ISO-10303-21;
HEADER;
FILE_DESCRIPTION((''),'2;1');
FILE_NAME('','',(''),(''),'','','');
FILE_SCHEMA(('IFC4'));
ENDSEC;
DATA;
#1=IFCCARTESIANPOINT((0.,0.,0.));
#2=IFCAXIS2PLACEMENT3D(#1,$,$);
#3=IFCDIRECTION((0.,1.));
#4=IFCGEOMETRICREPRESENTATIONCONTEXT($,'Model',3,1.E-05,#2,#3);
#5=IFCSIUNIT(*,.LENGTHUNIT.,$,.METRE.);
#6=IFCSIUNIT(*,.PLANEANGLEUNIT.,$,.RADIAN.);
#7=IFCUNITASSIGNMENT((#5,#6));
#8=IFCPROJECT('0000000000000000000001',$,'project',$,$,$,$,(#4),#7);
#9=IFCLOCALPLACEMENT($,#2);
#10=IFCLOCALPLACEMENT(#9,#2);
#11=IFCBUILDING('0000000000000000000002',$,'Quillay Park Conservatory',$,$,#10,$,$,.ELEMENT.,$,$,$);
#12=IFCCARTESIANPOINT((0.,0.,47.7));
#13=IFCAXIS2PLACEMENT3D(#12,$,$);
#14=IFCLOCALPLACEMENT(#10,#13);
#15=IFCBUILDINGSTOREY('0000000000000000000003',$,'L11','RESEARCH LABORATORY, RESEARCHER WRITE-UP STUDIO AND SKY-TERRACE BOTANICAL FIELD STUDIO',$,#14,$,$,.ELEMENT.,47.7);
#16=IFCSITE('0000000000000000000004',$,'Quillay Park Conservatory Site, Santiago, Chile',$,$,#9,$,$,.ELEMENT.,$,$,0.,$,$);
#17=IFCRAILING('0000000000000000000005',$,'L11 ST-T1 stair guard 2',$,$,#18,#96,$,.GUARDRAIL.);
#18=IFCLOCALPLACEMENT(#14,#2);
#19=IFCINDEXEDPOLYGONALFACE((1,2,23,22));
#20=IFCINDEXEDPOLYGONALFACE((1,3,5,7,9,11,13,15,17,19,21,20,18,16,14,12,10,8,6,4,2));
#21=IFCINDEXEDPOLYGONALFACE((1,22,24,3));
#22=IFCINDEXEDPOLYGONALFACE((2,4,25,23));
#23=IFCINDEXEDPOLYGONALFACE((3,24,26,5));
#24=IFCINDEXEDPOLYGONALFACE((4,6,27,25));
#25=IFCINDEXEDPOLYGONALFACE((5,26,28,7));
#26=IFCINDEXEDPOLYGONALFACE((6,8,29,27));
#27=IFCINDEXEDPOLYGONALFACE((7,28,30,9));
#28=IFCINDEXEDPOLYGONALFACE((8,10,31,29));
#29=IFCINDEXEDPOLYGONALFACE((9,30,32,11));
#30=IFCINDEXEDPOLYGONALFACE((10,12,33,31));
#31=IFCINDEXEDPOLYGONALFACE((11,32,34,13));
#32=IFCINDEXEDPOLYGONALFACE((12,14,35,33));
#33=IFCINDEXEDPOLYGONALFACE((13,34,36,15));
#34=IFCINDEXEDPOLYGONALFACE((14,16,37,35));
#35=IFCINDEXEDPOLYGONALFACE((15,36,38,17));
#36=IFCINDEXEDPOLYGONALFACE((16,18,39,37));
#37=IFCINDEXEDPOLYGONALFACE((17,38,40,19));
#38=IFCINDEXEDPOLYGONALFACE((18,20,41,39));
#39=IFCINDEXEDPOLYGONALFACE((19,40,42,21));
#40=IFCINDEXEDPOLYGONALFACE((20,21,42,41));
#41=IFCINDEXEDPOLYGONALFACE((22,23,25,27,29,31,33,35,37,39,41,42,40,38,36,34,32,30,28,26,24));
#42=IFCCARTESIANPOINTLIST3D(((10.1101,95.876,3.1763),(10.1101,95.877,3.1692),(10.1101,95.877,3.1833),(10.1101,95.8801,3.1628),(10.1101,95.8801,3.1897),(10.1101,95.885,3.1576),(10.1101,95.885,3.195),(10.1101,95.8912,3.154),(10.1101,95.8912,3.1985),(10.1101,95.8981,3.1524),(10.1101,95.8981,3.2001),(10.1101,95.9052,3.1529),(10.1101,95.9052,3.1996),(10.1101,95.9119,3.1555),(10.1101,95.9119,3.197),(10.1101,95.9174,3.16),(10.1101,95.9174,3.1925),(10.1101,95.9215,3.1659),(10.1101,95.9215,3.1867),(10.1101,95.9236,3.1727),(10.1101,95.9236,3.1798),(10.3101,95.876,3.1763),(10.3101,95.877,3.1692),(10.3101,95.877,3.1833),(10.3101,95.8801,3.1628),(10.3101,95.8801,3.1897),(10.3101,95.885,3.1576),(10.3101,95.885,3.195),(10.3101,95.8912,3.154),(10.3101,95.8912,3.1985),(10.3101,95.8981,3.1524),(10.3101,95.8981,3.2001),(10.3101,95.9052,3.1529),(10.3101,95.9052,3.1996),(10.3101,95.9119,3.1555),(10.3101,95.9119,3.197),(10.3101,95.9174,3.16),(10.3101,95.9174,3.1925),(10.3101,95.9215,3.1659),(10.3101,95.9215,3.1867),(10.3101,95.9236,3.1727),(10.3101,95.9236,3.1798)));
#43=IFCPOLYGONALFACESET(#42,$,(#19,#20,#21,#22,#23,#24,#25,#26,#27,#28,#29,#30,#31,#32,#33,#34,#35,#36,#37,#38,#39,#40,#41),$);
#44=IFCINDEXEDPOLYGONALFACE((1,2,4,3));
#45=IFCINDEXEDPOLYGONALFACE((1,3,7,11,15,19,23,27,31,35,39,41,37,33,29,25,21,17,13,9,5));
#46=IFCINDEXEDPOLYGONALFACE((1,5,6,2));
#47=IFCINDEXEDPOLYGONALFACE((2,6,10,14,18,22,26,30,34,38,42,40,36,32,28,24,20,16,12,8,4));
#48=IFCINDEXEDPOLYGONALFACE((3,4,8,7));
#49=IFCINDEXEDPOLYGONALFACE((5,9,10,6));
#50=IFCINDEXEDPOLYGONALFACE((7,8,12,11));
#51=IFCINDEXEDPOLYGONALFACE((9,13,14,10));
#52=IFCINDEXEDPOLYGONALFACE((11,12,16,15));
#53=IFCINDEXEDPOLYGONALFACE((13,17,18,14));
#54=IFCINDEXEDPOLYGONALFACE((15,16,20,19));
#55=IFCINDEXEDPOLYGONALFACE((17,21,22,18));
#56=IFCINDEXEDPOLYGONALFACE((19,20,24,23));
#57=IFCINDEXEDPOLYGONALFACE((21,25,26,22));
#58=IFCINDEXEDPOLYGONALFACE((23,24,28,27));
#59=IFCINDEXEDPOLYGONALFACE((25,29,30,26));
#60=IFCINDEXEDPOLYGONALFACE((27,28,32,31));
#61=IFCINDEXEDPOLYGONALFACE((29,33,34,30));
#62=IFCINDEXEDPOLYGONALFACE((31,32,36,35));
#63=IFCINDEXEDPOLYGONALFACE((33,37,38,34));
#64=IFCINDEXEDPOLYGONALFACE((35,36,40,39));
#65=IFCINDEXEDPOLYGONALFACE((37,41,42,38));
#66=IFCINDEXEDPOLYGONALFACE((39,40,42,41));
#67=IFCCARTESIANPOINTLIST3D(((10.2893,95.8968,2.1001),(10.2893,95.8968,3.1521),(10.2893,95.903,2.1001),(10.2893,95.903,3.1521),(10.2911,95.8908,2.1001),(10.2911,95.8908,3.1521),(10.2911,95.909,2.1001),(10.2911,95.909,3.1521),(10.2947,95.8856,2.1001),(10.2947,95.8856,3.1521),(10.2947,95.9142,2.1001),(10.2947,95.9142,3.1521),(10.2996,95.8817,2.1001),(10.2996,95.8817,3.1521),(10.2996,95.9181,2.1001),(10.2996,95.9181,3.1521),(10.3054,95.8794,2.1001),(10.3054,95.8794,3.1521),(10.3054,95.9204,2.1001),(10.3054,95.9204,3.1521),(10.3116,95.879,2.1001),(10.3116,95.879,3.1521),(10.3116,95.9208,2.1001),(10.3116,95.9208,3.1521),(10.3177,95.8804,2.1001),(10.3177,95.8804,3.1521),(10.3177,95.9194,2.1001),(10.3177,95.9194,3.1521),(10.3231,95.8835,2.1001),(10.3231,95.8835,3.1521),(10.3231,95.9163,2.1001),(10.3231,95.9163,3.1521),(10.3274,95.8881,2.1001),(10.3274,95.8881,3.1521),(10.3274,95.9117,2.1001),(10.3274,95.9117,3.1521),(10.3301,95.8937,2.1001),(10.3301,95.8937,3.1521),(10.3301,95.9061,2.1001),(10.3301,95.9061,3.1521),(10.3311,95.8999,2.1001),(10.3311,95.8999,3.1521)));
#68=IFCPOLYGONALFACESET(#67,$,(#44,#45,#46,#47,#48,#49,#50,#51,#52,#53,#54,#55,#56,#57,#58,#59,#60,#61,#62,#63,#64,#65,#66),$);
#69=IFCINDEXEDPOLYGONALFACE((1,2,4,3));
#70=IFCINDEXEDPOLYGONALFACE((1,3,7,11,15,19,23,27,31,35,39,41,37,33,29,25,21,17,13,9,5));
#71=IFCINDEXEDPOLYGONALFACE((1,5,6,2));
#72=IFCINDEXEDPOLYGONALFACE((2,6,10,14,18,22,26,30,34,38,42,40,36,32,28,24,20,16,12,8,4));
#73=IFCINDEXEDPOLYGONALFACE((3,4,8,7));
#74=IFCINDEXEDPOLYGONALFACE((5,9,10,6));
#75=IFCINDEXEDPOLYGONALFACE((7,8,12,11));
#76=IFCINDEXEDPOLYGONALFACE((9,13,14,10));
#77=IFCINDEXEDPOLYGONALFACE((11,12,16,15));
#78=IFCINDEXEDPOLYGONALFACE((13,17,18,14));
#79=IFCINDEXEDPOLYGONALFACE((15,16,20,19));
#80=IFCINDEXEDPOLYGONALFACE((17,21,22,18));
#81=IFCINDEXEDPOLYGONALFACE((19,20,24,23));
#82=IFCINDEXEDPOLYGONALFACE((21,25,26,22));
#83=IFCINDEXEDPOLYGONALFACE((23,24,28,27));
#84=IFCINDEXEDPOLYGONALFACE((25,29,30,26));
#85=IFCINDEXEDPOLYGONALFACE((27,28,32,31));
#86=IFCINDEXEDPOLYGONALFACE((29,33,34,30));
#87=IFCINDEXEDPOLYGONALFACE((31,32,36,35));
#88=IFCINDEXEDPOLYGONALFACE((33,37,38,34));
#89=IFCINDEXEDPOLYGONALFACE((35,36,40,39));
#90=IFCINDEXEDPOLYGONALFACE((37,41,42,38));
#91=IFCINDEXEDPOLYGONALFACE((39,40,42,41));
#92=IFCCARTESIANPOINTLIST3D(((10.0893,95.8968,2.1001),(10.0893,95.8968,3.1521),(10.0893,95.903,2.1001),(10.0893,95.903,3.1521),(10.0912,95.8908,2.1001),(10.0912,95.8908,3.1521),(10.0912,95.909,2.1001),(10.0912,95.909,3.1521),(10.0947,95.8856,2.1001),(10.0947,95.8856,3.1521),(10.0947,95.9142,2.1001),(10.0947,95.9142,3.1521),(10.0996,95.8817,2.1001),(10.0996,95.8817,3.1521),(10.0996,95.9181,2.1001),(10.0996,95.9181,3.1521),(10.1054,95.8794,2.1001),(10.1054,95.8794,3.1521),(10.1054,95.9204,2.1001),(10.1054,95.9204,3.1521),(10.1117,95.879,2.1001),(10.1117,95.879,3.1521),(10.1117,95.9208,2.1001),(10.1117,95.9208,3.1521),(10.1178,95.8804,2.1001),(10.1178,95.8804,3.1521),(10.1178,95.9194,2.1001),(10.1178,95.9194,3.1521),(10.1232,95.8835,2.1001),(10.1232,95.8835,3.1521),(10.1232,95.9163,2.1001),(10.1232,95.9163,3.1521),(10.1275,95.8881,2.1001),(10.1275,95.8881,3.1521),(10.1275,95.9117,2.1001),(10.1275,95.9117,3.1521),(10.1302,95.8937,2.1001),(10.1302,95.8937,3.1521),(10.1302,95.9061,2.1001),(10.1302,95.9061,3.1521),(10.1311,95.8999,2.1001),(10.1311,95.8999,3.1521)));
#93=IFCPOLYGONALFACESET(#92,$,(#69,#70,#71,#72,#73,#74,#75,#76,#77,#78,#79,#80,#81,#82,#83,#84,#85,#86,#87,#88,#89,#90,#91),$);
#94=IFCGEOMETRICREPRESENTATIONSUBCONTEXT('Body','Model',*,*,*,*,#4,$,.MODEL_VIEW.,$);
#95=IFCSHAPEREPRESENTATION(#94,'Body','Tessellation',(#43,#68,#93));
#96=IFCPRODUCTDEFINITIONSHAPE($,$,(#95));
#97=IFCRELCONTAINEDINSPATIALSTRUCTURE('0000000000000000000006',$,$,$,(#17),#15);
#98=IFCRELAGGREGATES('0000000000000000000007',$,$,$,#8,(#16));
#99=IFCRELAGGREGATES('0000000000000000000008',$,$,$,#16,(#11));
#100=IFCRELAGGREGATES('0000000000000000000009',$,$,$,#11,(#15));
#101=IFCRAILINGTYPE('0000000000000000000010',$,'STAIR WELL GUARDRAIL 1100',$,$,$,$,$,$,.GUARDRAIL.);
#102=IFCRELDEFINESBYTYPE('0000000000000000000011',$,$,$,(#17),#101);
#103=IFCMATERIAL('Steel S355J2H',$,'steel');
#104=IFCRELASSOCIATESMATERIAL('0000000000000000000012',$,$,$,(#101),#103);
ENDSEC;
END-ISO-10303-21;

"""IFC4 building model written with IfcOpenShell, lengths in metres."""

from ifc_helpers import new_model, si_unit, direction, frame, origin, origin_2d, place, context, subcontext, project, spatial, circle, extrude, material, type_object, element, save


model = new_model("IFC4")

# Units and contexts
model_context = context("Model", 3, precision=1e-05, world=origin(), true_north=direction((0.0, 1.0)))
body_context = subcontext(model_context, "Body", "Model", "MODEL_VIEW")
ifc_project = project(units=[si_unit("LENGTHUNIT", "METRE"), si_unit("PLANEANGLEUNIT", "RADIAN")], contexts=[model_context])

# Site, building, storey
site_placement = place(None, origin())
site = spatial("IfcSite", under=ifc_project, at=site_placement, Name="Quillay Park Conservatory Site, Santiago, Chile", CompositionType="ELEMENT", RefElevation=0.0)
building_placement = place(site_placement, origin())
building = spatial("IfcBuilding", under=site, at=building_placement, Name="Quillay Park Conservatory", CompositionType="ELEMENT")
storey_placement = place(building_placement, frame((0.0, 0.0, 47.7)))
storey = spatial("IfcBuildingStorey", under=building, at=storey_placement, Name="L11", Description="RESEARCH LABORATORY, RESEARCHER WRITE-UP STUDIO AND SKY-TERRACE BOTANICAL FIELD STUDIO", CompositionType="ELEMENT", Elevation=47.7)

# Railing
ifc_material_1 = material(Name="Steel S355J2H", Category="steel")
railing_type_1 = type_object("IfcRailingType", Name="STAIR WELL GUARDRAIL 1100", PredefinedType="GUARDRAIL", material=ifc_material_1)
railing_1_placement = place(storey_placement, frame((10.3101, 95.8999, 2.1001)))
element("IfcRailing", 1, at=railing_1_placement, inside=storey, type_object=railing_type_1, Name="L11 ST-T1 stair guard 2", PredefinedType="GUARDRAIL", context=body_context, shape_type="SweptSolid", body=[
    extrude(circle(Radius=0.0239, at=origin_2d()), frame((0.0, 0.0, 1.0762), z_axis=(-1.0, 0.0, 0.0), x_axis=(0.0, -1.0, 0.0)), (0.0, 0.0, 1.0), 0.2),
    extrude(circle(Radius=0.021, at=origin_2d()), origin(), (0.0, 0.0, 1.0), 1.052),
    extrude(circle(Radius=0.021, at=origin_2d()), frame((-0.2, 0.0, 0.0)), (0.0, 0.0, 1.0), 1.052),
])

save(model, "model.ifc")
